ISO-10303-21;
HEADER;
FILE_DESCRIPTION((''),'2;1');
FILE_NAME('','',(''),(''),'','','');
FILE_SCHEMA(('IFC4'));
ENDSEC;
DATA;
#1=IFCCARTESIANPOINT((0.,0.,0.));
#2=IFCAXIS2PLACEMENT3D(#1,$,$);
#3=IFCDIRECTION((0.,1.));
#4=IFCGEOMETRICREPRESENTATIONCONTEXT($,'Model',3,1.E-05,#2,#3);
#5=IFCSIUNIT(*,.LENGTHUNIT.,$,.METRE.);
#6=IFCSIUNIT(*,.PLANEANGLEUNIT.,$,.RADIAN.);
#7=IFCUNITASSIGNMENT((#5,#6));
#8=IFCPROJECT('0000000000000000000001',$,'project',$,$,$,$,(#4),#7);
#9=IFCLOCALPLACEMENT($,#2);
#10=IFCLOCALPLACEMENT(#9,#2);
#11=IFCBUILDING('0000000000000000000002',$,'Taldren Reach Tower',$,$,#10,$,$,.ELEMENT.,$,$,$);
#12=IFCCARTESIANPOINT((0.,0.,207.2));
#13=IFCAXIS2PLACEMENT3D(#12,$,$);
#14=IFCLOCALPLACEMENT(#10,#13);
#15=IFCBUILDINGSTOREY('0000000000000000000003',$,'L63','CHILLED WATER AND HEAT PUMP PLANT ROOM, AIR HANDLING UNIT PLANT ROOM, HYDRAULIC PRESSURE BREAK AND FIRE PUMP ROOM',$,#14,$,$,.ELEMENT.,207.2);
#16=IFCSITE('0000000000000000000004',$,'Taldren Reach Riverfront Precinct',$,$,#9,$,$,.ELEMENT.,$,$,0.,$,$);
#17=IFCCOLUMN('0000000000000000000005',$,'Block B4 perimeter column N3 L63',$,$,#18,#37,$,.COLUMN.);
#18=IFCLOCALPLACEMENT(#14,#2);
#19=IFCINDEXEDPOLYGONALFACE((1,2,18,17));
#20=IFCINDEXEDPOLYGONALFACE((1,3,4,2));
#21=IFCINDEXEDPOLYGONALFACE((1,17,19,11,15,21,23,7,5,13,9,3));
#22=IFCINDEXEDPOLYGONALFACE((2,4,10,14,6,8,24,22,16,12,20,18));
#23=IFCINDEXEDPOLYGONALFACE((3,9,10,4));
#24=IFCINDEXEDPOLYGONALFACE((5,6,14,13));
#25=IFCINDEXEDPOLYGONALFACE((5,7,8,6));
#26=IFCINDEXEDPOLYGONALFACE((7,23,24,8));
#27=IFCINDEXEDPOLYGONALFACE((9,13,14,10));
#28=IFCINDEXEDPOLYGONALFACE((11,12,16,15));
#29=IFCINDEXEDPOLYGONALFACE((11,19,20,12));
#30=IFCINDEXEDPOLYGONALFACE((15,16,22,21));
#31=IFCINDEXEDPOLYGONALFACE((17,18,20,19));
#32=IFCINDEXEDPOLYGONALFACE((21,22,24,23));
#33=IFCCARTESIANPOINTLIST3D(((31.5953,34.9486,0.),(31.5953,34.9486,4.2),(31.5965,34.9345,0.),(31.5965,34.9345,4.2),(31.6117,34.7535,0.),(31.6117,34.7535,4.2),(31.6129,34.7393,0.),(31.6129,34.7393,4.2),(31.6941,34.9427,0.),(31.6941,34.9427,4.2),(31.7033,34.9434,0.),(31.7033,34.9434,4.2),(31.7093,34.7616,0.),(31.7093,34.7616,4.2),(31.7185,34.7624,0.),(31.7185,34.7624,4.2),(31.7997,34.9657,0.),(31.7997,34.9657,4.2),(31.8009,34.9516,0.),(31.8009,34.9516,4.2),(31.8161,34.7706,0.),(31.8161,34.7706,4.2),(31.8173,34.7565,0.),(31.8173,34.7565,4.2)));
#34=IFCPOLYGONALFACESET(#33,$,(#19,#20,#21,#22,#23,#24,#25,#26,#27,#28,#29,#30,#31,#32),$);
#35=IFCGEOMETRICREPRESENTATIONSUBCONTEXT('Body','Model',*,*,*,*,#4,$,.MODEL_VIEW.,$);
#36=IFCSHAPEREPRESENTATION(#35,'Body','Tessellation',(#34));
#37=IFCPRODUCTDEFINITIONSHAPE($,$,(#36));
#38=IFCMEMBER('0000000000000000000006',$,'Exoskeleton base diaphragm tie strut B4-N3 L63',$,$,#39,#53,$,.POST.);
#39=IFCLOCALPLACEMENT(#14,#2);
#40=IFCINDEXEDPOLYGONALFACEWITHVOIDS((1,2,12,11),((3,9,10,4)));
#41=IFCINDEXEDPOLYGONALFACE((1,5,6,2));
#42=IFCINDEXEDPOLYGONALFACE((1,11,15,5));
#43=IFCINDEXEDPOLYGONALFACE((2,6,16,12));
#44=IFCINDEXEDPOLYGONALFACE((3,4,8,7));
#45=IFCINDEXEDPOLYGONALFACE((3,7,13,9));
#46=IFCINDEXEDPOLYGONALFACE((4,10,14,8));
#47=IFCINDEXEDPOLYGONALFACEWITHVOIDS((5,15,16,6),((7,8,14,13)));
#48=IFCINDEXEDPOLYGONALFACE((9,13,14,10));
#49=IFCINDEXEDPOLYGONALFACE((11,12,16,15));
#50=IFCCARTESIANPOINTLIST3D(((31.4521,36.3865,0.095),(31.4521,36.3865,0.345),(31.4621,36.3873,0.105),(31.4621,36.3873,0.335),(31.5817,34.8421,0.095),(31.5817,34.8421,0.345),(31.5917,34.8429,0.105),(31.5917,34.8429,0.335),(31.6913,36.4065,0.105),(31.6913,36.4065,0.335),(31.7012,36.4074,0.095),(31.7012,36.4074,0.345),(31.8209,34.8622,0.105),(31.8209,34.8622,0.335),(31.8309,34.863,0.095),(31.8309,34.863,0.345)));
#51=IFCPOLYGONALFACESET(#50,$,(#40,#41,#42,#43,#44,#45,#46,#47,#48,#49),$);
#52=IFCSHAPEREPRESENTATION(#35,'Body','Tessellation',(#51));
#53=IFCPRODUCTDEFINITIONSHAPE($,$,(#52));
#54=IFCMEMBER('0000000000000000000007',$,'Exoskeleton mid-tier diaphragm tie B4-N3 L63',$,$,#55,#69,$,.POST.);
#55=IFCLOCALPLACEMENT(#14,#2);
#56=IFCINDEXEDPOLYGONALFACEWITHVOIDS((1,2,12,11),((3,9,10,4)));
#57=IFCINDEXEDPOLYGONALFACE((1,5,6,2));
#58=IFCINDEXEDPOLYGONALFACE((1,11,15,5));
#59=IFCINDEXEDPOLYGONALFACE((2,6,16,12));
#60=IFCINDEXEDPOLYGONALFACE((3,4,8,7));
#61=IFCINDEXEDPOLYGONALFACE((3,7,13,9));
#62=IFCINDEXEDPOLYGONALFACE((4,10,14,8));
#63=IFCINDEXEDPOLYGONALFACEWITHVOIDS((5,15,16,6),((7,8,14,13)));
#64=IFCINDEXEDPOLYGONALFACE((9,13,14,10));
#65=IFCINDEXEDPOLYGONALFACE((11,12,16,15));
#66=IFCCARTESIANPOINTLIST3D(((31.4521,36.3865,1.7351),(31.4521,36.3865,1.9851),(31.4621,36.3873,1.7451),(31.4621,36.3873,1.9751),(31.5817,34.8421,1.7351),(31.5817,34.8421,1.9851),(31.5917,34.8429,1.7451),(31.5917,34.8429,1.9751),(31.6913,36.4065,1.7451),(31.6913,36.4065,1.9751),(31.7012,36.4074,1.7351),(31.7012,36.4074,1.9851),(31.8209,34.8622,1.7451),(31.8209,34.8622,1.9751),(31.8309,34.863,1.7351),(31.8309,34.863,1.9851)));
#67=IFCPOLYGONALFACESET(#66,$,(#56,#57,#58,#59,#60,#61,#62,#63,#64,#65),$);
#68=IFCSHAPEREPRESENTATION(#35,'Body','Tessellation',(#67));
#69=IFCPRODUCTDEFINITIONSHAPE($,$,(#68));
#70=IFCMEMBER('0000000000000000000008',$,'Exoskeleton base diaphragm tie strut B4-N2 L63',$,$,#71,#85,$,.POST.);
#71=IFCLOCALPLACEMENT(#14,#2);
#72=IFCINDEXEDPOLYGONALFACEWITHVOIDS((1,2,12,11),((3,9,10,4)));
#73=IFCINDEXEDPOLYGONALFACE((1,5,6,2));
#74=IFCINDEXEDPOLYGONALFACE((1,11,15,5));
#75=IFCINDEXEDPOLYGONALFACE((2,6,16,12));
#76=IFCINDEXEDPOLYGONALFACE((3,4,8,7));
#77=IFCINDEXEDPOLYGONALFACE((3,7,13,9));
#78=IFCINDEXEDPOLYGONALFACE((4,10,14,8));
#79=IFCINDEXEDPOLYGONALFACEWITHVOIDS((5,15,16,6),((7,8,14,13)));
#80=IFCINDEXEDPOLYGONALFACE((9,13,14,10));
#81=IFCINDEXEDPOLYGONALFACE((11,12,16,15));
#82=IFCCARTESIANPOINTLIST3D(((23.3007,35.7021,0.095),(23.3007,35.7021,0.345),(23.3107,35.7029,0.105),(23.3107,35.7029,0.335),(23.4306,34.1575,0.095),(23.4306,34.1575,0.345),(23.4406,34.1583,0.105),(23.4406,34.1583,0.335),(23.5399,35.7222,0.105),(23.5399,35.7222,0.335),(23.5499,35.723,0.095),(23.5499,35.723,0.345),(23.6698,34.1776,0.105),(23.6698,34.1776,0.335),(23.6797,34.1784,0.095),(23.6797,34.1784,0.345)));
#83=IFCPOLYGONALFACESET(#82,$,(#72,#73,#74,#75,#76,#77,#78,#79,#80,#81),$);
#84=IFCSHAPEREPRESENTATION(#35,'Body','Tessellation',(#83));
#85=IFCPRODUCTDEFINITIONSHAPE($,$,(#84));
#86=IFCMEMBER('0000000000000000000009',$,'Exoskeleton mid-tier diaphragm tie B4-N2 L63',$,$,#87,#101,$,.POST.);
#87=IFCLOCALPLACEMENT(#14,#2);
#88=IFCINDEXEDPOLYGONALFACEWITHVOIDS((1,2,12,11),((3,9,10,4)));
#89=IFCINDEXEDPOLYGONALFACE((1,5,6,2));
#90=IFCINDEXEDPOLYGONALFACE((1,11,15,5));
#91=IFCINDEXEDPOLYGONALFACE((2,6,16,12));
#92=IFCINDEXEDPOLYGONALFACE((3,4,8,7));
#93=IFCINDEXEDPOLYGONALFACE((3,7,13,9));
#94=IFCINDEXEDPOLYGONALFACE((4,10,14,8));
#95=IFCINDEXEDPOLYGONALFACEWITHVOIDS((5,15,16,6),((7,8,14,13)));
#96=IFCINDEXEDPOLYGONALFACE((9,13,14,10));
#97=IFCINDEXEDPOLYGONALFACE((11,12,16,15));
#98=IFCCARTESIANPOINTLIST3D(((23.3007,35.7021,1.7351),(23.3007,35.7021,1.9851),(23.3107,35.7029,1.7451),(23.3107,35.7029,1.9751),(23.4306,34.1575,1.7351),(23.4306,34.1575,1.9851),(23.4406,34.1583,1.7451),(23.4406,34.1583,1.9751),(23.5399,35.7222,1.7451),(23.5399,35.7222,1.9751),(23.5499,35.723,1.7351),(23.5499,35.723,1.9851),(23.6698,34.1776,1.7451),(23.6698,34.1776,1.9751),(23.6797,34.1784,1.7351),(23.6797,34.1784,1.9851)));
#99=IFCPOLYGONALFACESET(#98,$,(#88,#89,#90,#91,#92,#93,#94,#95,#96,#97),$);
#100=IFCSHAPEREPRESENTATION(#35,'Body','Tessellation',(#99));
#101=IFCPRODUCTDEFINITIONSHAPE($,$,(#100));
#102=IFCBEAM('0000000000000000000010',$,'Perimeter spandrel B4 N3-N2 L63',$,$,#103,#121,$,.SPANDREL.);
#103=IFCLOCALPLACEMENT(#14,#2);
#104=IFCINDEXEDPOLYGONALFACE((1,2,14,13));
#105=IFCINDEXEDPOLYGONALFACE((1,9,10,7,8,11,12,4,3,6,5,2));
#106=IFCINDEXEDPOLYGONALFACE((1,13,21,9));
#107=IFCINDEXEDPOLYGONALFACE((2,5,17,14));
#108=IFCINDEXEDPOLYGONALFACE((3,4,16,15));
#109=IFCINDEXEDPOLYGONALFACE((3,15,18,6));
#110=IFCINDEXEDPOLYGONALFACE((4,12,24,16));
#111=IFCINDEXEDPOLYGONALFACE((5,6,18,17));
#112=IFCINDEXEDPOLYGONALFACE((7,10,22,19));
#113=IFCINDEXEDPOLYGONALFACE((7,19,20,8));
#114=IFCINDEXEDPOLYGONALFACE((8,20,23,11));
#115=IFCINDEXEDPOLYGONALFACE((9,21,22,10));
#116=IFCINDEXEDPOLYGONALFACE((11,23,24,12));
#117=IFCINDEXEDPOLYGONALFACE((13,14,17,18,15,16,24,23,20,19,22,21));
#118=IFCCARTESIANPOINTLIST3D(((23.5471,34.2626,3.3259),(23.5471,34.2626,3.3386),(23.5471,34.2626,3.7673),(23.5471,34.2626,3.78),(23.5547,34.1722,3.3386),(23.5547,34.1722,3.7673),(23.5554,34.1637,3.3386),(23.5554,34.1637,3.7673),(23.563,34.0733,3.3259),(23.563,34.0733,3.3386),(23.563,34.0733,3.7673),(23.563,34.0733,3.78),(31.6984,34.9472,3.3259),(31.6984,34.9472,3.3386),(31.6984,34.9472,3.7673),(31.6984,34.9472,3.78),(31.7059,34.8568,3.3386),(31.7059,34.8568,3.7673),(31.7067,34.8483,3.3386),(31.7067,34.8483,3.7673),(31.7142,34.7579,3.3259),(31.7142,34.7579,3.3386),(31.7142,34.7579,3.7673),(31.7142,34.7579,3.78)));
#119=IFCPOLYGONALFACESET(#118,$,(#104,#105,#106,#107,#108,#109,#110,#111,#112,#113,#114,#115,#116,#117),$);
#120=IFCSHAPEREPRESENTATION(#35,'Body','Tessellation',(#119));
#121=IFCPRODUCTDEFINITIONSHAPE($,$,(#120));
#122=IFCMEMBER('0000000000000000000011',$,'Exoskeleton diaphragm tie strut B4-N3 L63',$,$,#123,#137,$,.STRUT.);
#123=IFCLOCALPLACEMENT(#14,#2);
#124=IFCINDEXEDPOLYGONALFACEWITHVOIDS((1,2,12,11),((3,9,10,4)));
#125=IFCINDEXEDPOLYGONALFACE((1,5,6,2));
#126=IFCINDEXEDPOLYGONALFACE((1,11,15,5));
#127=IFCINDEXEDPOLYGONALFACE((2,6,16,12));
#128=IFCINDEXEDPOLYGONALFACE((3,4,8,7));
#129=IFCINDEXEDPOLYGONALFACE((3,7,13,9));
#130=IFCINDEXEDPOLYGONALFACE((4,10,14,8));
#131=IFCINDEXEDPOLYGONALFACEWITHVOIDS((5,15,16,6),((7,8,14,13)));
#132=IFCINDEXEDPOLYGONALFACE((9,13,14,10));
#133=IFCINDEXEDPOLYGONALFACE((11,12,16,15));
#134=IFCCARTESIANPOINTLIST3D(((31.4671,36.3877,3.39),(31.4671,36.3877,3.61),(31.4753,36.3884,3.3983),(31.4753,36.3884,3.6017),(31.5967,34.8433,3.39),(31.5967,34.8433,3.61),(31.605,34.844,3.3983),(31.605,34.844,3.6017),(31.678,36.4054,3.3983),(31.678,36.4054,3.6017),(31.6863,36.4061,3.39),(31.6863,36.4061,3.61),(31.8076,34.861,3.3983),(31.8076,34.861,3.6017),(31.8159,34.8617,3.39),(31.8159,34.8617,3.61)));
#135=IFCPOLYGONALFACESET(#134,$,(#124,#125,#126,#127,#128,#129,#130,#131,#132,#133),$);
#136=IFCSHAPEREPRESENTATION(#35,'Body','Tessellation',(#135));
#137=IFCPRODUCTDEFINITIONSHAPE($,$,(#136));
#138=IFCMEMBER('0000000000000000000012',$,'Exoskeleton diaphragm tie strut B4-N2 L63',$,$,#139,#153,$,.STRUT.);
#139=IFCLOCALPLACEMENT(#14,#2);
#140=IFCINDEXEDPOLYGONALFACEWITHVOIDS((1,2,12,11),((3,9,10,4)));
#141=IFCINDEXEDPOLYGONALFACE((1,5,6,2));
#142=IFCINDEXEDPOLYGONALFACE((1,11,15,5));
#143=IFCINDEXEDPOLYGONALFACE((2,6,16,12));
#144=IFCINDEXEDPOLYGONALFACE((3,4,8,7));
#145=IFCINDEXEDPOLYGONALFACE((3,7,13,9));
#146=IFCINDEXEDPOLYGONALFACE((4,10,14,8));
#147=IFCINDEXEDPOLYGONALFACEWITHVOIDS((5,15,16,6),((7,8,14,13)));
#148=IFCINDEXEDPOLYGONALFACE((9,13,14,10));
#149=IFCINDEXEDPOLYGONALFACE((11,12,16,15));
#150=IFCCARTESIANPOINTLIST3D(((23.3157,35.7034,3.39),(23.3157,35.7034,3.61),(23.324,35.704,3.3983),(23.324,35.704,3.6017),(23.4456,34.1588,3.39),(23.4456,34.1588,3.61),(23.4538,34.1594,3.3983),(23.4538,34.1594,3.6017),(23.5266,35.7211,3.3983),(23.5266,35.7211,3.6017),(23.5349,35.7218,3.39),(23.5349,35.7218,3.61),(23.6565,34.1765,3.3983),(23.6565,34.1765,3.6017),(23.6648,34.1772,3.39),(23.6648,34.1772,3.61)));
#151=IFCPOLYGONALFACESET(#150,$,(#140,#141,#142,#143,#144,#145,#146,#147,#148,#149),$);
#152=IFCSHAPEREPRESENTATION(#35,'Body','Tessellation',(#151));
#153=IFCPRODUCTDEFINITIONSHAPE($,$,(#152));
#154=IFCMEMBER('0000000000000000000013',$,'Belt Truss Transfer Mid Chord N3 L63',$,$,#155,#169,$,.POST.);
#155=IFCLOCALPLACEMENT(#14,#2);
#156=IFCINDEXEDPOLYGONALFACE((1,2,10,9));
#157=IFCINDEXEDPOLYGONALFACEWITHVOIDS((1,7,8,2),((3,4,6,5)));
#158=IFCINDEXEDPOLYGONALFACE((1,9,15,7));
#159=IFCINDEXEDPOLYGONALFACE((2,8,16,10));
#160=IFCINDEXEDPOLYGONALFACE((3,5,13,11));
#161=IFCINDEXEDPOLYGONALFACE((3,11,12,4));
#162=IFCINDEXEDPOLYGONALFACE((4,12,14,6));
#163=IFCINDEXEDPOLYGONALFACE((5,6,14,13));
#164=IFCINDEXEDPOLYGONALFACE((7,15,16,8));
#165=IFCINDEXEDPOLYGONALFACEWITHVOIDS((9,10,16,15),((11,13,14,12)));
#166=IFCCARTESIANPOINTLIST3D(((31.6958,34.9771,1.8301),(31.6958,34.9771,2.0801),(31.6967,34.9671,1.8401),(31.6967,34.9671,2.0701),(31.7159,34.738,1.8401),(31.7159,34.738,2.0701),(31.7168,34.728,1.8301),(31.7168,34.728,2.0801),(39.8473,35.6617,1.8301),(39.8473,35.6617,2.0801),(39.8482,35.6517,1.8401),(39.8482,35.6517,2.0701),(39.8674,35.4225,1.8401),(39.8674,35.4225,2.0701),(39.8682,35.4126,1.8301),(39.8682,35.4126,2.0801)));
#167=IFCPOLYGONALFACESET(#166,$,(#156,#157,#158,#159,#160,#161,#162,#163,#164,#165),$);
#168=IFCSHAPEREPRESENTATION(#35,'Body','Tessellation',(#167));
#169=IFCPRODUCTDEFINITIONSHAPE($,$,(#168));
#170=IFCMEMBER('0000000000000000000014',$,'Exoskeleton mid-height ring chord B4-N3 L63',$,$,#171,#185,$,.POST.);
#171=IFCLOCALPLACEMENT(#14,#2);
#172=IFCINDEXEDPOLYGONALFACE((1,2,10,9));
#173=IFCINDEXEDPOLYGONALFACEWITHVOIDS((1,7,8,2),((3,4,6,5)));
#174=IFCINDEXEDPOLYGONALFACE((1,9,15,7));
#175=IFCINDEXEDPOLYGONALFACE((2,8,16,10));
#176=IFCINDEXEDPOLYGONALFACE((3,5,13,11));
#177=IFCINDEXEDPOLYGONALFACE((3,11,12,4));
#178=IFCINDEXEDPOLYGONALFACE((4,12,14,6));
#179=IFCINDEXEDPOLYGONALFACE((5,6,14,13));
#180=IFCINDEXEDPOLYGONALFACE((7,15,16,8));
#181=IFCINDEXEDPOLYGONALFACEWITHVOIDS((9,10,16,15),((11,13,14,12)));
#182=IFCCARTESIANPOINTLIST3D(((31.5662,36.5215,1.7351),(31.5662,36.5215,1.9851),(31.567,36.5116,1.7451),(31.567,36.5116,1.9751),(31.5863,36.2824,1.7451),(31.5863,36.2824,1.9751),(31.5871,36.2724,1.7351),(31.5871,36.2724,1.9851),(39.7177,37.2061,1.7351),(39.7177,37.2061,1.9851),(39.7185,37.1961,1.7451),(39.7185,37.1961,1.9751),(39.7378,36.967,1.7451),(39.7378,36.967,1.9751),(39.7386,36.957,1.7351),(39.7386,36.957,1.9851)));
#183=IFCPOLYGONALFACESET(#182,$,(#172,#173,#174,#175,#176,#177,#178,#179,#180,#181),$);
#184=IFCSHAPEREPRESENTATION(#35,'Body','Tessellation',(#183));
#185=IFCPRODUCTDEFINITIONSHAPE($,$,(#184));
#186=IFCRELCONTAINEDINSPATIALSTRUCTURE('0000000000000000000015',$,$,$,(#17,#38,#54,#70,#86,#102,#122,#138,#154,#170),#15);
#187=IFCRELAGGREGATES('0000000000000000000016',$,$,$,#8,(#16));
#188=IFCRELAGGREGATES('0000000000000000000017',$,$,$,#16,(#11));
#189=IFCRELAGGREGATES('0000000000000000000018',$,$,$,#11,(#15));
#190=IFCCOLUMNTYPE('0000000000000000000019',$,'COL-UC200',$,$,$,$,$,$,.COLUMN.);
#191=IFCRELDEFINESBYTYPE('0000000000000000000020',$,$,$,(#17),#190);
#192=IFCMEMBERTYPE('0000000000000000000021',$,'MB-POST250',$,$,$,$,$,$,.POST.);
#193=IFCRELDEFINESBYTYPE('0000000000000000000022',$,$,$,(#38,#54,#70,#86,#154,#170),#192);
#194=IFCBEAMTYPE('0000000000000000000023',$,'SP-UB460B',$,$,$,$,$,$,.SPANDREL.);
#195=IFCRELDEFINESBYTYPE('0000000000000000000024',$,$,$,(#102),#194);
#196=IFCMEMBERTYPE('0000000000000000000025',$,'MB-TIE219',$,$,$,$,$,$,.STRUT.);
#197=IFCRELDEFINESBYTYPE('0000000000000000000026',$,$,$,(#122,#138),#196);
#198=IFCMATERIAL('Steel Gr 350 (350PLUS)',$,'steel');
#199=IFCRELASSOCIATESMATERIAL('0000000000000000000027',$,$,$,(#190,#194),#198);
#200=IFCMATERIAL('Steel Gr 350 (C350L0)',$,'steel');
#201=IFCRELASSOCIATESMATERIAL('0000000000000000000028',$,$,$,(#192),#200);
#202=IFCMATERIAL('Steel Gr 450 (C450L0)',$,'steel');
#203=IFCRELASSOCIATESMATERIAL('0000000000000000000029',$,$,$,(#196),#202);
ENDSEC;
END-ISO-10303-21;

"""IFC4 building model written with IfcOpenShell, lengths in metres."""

from ifc_helpers import new_model, si_unit, direction, frame, origin, origin_2d, place, context, subcontext, project, spatial, hollow_rectangle, i_section, extrude, source, transform, mapped, material, material_profile, profile_set, type_object, element, save


model = new_model("IFC4")

# Units and contexts
model_context = context("Model", 3, precision=1e-05, world=origin(), true_north=direction((0.0, 1.0)))
body_context = subcontext(model_context, "Body", "Model", "MODEL_VIEW")
ifc_project = project(units=[si_unit("LENGTHUNIT", "METRE"), si_unit("PLANEANGLEUNIT", "RADIAN")], contexts=[model_context])

# Site, building, storey
site_placement = place(None, origin())
site = spatial("IfcSite", under=ifc_project, at=site_placement, Name="Taldren Reach Riverfront Precinct", CompositionType="ELEMENT", RefElevation=0.0)
building_placement = place(site_placement, origin())
building = spatial("IfcBuilding", under=site, at=building_placement, Name="Taldren Reach Tower", CompositionType="ELEMENT")
storey_placement = place(building_placement, frame((0.0, 0.0, 207.2)))
storey = spatial("IfcBuildingStorey", under=building, at=storey_placement, Name="L63", Description="CHILLED WATER AND HEAT PUMP PLANT ROOM, AIR HANDLING UNIT PLANT ROOM, HYDRAULIC PRESSURE BREAK AND FIRE PUMP ROOM", CompositionType="ELEMENT", Elevation=207.2)

# Column
ifc_material_1 = material(Name="Steel Gr 350 (350PLUS)", Category="steel")
ifc_material_profile_1 = material_profile(ifc_material_1, i_section(OverallWidth=0.2051, OverallDepth=0.21, WebThickness=0.0093, FlangeThickness=0.0142, at=origin_2d()), Name="200UC59.5")
ifc_profile_set_1 = profile_set([ifc_material_profile_1], Name="Steel Gr 350 (350PLUS)")
column_type = type_object("IfcColumnType", Name="COL-UC200", PredefinedType="COLUMN", material=ifc_profile_set_1)
shared_shape_1 = source(origin(), body_context, "Body", "SweptSolid", [
    extrude(i_section(OverallWidth=0.2051, OverallDepth=0.21, WebThickness=0.0093, FlangeThickness=0.0142, at=origin_2d()), origin(), (0.0, 0.0, 1.0), 4.2),
])
column_placement = place(storey_placement, frame((31.7063, 34.8525, 0.0), z_axis=(0.0, 0.0, 1.0), x_axis=(0.996493, 0.083678, 0.0)))
element("IfcColumn", 1, at=column_placement, inside=storey, type_object=column_type, Name="Block B4 perimeter column N3 L63", PredefinedType="COLUMN", context=body_context, shape_type="MappedRepresentation", body=[
    mapped(shared_shape_1, transform((0.0, 0.0, 0.0), scale=1.0)),
])

# Members
ifc_material_2 = material(Name="Steel Gr 350 (C350L0)", Category="steel")
ifc_material_profile_2 = material_profile(ifc_material_2, hollow_rectangle(XDim=0.25, YDim=0.25, WallThickness=0.01, at=origin_2d()), Name="250x250x10.0SHS")
ifc_profile_set_2 = profile_set([ifc_material_profile_2], Name="Steel Gr 350 (C350L0)")
member_type_1 = type_object("IfcMemberType", Name="MB-POST250", PredefinedType="POST", material=ifc_profile_set_2)
shared_shape_2 = source(origin(), body_context, "Body", "SweptSolid", [
    extrude(hollow_rectangle(XDim=0.25, YDim=0.25, WallThickness=0.01, at=origin_2d()), origin(), (0.0, 0.0, 1.0), 1.5498),
])
for number, where, z_axis, x_axis, name in (
    (2, (31.7063, 34.8525, 0.22), (-0.083645, 0.996496, 0.0), (-0.996496, -0.083645, 0.0), "Exoskeleton base diaphragm tie strut B4-N3 L63"),
    (3, (31.7063, 34.8525, 1.8601), (-0.083645, 0.996496, 0.0), (-0.996496, -0.083645, 0.0), "Exoskeleton mid-tier diaphragm tie B4-N3 L63"),
):
    element("IfcMember", number, at=place(storey_placement, frame(where, z_axis=z_axis, x_axis=x_axis)), inside=storey, type_object=member_type_1, Name=name, PredefinedType="POST", context=body_context, shape_type="MappedRepresentation", body=[
        mapped(shared_shape_2, transform((0.0, 0.0, 0.0), scale=1.0)),
    ])
shared_shape_3 = source(origin(), body_context, "Body", "SweptSolid", [
    extrude(hollow_rectangle(XDim=0.25, YDim=0.25, WallThickness=0.01, at=origin_2d()), origin(), (0.0, 0.0, 1.0), 1.55),
])
for number, where, z_axis, x_axis, name in (
    (4, (23.5552, 34.168, 0.22), (-0.083788, 0.996484, 0.0), (-0.996484, -0.083788, 0.0), "Exoskeleton base diaphragm tie strut B4-N2 L63"),
    (5, (23.5552, 34.168, 1.8601), (-0.083788, 0.996484, 0.0), (-0.996484, -0.083788, 0.0), "Exoskeleton mid-tier diaphragm tie B4-N2 L63"),
):
    element("IfcMember", number, at=place(storey_placement, frame(where, z_axis=z_axis, x_axis=x_axis)), inside=storey, type_object=member_type_1, Name=name, PredefinedType="POST", context=body_context, shape_type="MappedRepresentation", body=[
        mapped(shared_shape_3, transform((0.0, 0.0, 0.0), scale=1.0)),
    ])

# Beam
ifc_material_profile_3 = material_profile(ifc_material_1, i_section(OverallWidth=0.1899, OverallDepth=0.4541, WebThickness=0.0085, FlangeThickness=0.0127, at=origin_2d()), Name="460UB67.1")
ifc_profile_set_3 = profile_set([ifc_material_profile_3], Name="Steel Gr 350 (350PLUS)")
beam_type = type_object("IfcBeamType", Name="SP-UB460B", PredefinedType="SPANDREL", material=ifc_profile_set_3)
shared_shape_4 = source(origin(), body_context, "Body", "SweptSolid", [
    extrude(i_section(OverallWidth=0.1899, OverallDepth=0.4541, WebThickness=0.0085, FlangeThickness=0.0127, at=origin_2d()), origin(), (0.0, 0.0, 1.0), 8.1799),
])
beam_placement = place(storey_placement, frame((31.7063, 34.8525, 3.553), z_axis=(-0.996492, -0.08369, 0.0), x_axis=(0.08369, -0.996492, 0.0)))
element("IfcBeam", 6, at=beam_placement, inside=storey, type_object=beam_type, Name="Perimeter spandrel B4 N3-N2 L63", PredefinedType="SPANDREL", context=body_context, shape_type="MappedRepresentation", body=[
    mapped(shared_shape_4, transform((0.0, 0.0, 0.0), scale=1.0)),
])

# Members
ifc_material_3 = material(Name="Steel Gr 450 (C450L0)", Category="steel")
ifc_material_profile_4 = material_profile(ifc_material_3, hollow_rectangle(XDim=0.22, YDim=0.22, WallThickness=0.0083, at=origin_2d()), Name="220x220x8.2SHS")
ifc_profile_set_4 = profile_set([ifc_material_profile_4], Name="Steel Gr 450 (C450L0)")
member_type_2 = type_object("IfcMemberType", Name="MB-TIE219", PredefinedType="STRUT", material=ifc_profile_set_4)
shared_shape_5 = source(origin(), body_context, "Body", "SweptSolid", [
    extrude(hollow_rectangle(XDim=0.22, YDim=0.22, WallThickness=0.0083, at=origin_2d()), origin(), (0.0, 0.0, 1.0), 1.5498),
])
member_1_placement = place(storey_placement, frame((31.7063, 34.8525, 3.5), z_axis=(-0.083645, 0.996496, 0.0), x_axis=(-0.996496, -0.083645, 0.0)))
element("IfcMember", 7, at=member_1_placement, inside=storey, type_object=member_type_2, Name="Exoskeleton diaphragm tie strut B4-N3 L63", PredefinedType="STRUT", context=body_context, shape_type="MappedRepresentation", body=[
    mapped(shared_shape_5, transform((0.0, 0.0, 0.0), scale=1.0)),
])
shared_shape_6 = source(origin(), body_context, "Body", "SweptSolid", [
    extrude(hollow_rectangle(XDim=0.22, YDim=0.22, WallThickness=0.0083, at=origin_2d()), origin(), (0.0, 0.0, 1.0), 1.55),
])
member_2_placement = place(storey_placement, frame((23.5552, 34.168, 3.5), z_axis=(-0.083788, 0.996484, 0.0), x_axis=(-0.996484, -0.083788, 0.0)))
element("IfcMember", 8, at=member_2_placement, inside=storey, type_object=member_type_2, Name="Exoskeleton diaphragm tie strut B4-N2 L63", PredefinedType="STRUT", context=body_context, shape_type="MappedRepresentation", body=[
    mapped(shared_shape_6, transform((0.0, 0.0, 0.0), scale=1.0)),
])
shared_shape_7 = source(origin(), body_context, "Body", "SweptSolid", [
    extrude(hollow_rectangle(XDim=0.25, YDim=0.25, WallThickness=0.01, at=origin_2d()), origin(), (0.0, 0.0, 1.0), 8.1802),
])
for number, where, z_axis, x_axis, name in (
    (9, (31.7063, 34.8525, 1.9551), (0.996492, 0.083688, 0.0), (-0.083688, 0.996492, 0.0), "Belt Truss Transfer Mid Chord N3 L63"),
    (10, (31.5767, 36.397, 1.8601), (0.996492, 0.083688, 0.0), (-0.083688, 0.996492, 0.0), "Exoskeleton mid-height ring chord B4-N3 L63"),
):
    element("IfcMember", number, at=place(storey_placement, frame(where, z_axis=z_axis, x_axis=x_axis)), inside=storey, type_object=member_type_1, Name=name, PredefinedType="POST", context=body_context, shape_type="MappedRepresentation", body=[
        mapped(shared_shape_7, transform((0.0, 0.0, 0.0), scale=1.0)),
    ])

save(model, "model.ifc")
